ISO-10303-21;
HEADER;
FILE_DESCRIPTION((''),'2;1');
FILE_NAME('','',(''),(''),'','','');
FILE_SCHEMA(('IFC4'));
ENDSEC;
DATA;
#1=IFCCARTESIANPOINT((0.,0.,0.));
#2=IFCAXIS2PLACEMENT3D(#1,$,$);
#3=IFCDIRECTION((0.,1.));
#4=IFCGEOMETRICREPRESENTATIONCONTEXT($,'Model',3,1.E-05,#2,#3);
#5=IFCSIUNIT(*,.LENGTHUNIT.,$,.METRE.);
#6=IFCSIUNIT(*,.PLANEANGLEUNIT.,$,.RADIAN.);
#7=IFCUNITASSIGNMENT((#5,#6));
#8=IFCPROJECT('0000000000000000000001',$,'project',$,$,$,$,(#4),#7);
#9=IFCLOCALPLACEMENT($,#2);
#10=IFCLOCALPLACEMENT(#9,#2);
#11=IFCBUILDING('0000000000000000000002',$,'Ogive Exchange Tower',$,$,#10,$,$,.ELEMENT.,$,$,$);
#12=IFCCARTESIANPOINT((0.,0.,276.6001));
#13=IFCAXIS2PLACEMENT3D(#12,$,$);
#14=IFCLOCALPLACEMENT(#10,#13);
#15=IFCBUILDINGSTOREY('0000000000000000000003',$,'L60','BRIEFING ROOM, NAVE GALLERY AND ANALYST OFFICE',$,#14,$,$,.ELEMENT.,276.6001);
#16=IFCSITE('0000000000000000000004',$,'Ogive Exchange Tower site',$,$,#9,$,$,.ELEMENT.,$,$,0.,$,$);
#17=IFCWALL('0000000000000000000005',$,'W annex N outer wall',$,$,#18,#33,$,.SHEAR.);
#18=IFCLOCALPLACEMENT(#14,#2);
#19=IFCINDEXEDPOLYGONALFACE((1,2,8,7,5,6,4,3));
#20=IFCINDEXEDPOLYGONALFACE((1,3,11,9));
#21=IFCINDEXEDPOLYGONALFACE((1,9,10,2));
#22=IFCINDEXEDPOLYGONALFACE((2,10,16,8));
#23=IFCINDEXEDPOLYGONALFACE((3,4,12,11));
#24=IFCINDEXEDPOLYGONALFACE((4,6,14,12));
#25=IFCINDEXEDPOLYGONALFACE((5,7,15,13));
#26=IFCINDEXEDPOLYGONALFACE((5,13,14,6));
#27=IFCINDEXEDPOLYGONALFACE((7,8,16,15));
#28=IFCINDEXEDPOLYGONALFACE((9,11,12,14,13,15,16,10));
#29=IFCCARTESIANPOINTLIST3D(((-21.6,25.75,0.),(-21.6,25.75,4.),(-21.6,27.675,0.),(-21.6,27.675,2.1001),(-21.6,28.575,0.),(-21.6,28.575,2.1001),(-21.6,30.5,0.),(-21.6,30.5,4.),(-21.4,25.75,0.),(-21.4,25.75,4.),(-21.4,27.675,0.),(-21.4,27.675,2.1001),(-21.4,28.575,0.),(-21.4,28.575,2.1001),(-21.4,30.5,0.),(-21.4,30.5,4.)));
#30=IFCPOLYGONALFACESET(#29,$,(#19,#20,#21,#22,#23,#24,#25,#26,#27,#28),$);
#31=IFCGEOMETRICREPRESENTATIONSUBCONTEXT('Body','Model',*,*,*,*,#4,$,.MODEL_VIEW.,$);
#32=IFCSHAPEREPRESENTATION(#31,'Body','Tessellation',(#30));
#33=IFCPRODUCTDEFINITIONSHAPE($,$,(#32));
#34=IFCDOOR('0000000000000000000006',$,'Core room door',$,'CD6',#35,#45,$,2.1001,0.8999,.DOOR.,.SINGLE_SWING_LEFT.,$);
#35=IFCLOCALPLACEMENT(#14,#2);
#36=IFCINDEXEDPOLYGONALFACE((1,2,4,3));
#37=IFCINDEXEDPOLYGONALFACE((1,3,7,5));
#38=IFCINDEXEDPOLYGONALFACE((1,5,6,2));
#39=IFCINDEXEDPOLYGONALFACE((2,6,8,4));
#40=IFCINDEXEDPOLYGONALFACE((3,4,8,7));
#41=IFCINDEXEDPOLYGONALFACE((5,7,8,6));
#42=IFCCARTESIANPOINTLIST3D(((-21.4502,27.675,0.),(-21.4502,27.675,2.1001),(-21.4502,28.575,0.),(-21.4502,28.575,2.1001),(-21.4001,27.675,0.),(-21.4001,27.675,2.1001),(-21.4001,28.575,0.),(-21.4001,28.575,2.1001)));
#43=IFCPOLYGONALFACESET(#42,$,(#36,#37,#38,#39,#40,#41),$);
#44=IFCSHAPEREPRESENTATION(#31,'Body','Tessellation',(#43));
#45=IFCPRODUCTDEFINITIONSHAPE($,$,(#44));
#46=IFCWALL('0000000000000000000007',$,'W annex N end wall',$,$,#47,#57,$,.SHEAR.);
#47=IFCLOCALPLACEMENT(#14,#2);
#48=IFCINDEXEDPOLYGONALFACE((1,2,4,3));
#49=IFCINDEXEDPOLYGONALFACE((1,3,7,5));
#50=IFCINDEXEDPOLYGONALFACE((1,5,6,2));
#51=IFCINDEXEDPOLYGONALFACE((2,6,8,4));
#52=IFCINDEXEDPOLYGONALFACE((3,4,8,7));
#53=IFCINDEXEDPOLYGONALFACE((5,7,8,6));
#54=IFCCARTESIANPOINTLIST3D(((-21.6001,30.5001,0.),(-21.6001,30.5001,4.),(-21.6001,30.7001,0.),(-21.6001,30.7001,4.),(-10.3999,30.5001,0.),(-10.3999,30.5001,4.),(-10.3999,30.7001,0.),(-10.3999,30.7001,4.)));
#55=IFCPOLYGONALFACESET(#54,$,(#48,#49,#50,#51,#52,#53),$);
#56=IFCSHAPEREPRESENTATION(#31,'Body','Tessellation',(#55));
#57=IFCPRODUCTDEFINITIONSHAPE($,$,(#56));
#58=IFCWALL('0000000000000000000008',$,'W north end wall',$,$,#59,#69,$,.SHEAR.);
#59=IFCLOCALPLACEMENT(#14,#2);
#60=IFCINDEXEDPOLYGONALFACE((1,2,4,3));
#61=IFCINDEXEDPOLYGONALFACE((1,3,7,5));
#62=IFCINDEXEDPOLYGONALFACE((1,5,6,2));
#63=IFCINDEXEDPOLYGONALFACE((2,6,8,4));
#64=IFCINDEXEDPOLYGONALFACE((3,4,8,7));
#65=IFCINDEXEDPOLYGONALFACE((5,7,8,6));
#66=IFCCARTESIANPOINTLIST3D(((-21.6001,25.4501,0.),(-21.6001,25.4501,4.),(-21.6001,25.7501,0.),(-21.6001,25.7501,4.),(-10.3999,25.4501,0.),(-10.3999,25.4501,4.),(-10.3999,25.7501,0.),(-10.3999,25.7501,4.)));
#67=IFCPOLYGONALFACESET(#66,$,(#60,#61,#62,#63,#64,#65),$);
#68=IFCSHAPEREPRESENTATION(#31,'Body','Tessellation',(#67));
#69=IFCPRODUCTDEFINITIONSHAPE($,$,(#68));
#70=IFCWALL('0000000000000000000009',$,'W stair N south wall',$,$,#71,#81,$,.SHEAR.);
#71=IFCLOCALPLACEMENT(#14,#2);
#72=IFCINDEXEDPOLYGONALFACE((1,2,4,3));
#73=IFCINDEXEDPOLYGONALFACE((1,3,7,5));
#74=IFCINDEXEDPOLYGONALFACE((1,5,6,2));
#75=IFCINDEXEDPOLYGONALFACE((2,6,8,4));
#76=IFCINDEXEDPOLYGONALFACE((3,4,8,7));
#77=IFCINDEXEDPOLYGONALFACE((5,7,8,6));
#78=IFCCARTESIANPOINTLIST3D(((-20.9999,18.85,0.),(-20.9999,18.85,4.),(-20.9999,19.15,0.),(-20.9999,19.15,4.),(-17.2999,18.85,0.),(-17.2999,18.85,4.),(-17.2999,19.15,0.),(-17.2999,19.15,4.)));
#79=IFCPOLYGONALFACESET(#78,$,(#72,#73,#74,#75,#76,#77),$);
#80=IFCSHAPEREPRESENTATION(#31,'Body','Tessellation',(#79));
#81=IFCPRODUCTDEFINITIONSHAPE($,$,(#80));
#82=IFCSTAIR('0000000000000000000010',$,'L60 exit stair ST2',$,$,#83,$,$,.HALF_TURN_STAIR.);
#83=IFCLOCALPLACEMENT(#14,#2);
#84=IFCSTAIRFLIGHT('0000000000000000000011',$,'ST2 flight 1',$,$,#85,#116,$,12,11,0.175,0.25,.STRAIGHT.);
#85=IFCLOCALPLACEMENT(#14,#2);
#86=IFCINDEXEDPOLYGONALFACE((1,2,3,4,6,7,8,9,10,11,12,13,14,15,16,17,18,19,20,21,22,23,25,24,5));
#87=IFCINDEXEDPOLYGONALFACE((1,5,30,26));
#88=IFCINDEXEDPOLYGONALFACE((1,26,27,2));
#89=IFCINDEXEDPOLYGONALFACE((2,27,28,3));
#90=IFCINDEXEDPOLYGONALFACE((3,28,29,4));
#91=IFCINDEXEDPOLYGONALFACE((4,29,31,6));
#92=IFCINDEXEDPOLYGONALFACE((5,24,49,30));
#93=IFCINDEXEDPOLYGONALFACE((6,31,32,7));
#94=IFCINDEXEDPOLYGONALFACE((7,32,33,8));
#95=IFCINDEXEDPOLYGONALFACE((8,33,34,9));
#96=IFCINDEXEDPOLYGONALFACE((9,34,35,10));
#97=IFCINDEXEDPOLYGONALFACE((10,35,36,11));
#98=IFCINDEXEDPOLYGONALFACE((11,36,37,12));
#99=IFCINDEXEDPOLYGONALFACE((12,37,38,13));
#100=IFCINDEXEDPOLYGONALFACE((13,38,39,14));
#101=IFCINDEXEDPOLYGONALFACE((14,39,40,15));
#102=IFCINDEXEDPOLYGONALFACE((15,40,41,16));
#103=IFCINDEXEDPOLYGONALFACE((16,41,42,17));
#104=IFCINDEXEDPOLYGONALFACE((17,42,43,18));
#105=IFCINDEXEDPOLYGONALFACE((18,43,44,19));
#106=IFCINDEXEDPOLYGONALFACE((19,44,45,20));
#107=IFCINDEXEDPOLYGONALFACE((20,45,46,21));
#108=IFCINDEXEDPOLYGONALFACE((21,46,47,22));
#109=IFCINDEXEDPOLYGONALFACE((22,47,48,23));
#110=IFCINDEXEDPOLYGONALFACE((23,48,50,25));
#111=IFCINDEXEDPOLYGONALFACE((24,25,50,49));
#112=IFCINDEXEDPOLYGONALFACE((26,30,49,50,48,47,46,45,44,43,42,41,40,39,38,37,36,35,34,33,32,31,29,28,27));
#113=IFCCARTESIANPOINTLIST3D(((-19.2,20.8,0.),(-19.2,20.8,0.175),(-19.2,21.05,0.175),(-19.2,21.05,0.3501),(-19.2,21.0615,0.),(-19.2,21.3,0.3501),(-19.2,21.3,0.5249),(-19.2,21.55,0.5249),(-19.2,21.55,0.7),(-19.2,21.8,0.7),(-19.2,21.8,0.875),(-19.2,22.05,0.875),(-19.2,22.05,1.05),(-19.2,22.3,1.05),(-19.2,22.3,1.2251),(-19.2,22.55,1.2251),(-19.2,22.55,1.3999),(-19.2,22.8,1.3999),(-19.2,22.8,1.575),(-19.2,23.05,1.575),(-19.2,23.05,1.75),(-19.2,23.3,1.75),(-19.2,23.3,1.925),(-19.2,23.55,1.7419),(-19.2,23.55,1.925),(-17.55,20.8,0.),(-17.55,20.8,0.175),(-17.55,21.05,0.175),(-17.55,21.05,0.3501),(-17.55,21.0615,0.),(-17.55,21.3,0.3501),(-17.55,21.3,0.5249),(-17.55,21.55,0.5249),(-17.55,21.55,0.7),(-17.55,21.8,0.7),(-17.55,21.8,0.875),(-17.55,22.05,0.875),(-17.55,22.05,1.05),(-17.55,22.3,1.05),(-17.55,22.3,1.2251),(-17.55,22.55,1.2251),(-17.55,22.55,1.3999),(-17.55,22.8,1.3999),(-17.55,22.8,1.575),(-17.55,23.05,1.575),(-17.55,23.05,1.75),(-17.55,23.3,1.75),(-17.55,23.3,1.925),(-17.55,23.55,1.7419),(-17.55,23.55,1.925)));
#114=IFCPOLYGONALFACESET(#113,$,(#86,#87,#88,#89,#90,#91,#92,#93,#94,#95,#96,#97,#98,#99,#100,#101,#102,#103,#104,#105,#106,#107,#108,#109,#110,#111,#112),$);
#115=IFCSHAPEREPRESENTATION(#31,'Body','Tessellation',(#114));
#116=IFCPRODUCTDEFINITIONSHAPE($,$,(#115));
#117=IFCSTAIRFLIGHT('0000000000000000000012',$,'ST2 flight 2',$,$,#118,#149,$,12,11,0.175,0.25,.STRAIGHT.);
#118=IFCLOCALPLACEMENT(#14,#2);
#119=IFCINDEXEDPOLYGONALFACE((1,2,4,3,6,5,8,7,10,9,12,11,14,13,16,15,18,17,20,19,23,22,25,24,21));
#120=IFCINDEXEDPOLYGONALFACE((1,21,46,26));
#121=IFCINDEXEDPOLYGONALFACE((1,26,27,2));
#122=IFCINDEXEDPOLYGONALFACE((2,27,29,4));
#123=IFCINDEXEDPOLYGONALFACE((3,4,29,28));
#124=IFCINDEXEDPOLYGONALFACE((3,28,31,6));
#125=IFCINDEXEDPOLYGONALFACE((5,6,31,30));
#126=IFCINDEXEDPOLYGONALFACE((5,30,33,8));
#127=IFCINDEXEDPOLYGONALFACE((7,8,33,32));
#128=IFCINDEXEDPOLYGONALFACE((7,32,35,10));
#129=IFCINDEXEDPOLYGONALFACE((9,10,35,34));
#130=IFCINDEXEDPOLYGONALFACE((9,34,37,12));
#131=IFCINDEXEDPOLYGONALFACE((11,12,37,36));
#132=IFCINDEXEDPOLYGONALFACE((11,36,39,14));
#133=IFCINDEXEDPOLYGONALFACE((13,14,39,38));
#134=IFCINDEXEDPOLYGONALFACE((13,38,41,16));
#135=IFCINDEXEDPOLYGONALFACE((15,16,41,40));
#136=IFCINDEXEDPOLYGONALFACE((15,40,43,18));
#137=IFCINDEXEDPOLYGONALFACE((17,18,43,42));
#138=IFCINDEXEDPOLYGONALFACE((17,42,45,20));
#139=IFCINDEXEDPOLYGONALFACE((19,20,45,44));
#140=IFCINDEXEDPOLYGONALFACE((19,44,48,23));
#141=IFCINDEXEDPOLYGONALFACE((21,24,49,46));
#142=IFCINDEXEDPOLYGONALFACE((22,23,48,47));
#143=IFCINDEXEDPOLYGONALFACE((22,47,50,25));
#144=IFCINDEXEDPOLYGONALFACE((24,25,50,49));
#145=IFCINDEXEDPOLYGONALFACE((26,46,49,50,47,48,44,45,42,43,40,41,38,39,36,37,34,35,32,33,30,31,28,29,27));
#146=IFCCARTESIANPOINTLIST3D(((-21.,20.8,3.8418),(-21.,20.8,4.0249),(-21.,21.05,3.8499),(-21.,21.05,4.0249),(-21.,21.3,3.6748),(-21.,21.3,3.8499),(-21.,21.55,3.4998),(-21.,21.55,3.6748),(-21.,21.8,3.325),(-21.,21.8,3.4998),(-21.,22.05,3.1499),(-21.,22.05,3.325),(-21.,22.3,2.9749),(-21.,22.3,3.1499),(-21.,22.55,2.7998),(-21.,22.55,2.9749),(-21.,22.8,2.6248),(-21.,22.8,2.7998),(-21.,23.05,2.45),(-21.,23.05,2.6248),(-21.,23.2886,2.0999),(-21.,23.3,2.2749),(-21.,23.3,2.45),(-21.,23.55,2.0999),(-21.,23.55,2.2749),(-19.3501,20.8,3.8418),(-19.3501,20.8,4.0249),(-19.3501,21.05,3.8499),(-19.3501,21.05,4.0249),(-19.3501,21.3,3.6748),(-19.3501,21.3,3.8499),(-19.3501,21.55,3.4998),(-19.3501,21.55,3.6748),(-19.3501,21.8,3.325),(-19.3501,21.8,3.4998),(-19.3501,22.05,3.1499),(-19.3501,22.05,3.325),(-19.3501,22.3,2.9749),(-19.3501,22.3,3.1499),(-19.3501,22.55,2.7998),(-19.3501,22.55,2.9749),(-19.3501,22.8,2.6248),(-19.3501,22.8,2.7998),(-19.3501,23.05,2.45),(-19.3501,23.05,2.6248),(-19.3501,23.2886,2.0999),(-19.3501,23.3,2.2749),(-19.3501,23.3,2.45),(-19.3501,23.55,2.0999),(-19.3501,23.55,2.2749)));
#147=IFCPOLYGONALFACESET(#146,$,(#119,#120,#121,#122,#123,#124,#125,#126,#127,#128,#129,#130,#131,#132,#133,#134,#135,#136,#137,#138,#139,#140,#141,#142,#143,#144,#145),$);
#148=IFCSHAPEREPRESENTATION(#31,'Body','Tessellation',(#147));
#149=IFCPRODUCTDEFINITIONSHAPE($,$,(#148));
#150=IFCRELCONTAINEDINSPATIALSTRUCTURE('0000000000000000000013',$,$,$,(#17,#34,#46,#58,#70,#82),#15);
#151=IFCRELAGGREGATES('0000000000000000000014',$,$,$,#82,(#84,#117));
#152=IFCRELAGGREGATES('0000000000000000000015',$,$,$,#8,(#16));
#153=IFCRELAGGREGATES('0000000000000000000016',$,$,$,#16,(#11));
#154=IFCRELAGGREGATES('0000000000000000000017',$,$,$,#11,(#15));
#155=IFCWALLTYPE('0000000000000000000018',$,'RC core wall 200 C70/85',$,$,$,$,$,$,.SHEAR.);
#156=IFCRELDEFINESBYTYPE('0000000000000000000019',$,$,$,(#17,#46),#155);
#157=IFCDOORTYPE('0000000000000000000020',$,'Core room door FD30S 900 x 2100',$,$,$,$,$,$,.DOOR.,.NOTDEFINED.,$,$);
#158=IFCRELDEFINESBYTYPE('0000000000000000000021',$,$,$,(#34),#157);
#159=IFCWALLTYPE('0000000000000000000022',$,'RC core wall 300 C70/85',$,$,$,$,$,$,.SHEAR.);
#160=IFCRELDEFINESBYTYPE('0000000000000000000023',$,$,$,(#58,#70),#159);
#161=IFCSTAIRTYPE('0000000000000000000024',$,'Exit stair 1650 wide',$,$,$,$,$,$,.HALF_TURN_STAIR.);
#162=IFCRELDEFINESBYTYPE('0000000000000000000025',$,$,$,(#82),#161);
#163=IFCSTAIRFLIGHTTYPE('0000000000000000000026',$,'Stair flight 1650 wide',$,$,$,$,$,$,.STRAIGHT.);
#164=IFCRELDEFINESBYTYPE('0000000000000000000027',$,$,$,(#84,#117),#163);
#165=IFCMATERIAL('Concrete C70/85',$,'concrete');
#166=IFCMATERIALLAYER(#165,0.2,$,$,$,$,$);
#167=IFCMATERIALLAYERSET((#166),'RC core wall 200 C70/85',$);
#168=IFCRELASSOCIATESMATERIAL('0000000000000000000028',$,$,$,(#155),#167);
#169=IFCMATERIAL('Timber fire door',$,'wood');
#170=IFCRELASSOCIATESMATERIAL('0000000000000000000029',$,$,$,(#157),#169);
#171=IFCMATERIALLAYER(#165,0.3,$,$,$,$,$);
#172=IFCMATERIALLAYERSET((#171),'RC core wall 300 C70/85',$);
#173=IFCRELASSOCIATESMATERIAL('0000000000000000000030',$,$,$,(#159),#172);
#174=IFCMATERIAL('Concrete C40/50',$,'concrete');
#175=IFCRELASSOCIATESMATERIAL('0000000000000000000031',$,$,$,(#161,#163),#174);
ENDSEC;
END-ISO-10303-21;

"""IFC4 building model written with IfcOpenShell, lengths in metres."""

from ifc_helpers import new_model, si_unit, direction, frame, frame_2d, origin, place, context, subcontext, project, spatial, polyline, rectangle, outline, extrude, material, layer, layer_set, type_object, element, fill, aggregate, save


model = new_model("IFC4")

# Units and contexts
model_context = context("Model", 3, precision=1e-05, world=origin(), true_north=direction((0.0, 1.0)))
body_context = subcontext(model_context, "Body", "Model", "MODEL_VIEW")
ifc_project = project(units=[si_unit("LENGTHUNIT", "METRE"), si_unit("PLANEANGLEUNIT", "RADIAN")], contexts=[model_context])

# Site, building, storey
site_placement = place(None, origin())
site = spatial("IfcSite", under=ifc_project, at=site_placement, Name="Ogive Exchange Tower site", CompositionType="ELEMENT", RefElevation=0.0)
building_placement = place(site_placement, origin())
building = spatial("IfcBuilding", under=site, at=building_placement, Name="Ogive Exchange Tower", CompositionType="ELEMENT")
storey_placement = place(building_placement, frame((0.0, 0.0, 276.6001)))
storey = spatial("IfcBuildingStorey", under=building, at=storey_placement, Name="L60", Description="BRIEFING ROOM, NAVE GALLERY AND ANALYST OFFICE", CompositionType="ELEMENT", Elevation=276.6001)

# Wall, opening, door
ifc_material_1 = material(Name="Concrete C70/85", Category="concrete")
ifc_layer_1 = layer(ifc_material_1, 0.2)
ifc_layer_set_1 = layer_set([ifc_layer_1], Name="RC core wall 200 C70/85")
wall_type_1 = type_object("IfcWallType", Name="RC core wall 200 C70/85", PredefinedType="SHEAR", material=ifc_layer_set_1)
wall_1_placement = place(storey_placement, frame((-21.5, 25.75, 0.0), z_axis=(0.0, 0.0, 1.0), x_axis=(0.0, 1.0, 0.0)))
wall_1 = element("IfcWall", 1, at=wall_1_placement, inside=storey, type_object=wall_type_1, Name="W annex N outer wall", PredefinedType="SHEAR", context=body_context, shape_type="SweptSolid", body=[
    extrude(rectangle(XDim=4.75, YDim=0.2, at=frame_2d((2.375, 0.0))), origin(), (0.0, 0.0, 1.0), 4.0),
])
opening_placement = place(wall_1_placement, frame((1.925, 0.0, 0.0)))
opening = element("IfcOpeningElement", 2, at=opening_placement, cuts=wall_1, PredefinedType="OPENING", context=body_context, shape_type="SweptSolid", body=[
    extrude(rectangle(XDim=0.8999, YDim=2.1001, at=frame_2d((0.45, 1.05))), frame((0.0, 0.1099, 0.0), z_axis=(0.0, -1.0, 0.0), x_axis=(1.0, 0.0, 0.0)), (0.0, 0.0, 1.0), 0.22),
])
ifc_material_2 = material(Name="Timber fire door", Category="wood")
door_type = type_object("IfcDoorType", Name="Core room door FD30S 900 x 2100", OperationType="NOTDEFINED", PredefinedType="DOOR", material=ifc_material_2)
door_placement = place(opening_placement, origin())
door = element("IfcDoor", 3, at=door_placement, inside=storey, type_object=door_type, Name="Core room door", ObjectType="CD6", OperationType="SINGLE_SWING_LEFT", OverallHeight=2.1001, OverallWidth=0.8999, PredefinedType="DOOR", context=body_context, shape_type="SweptSolid", body=[
    extrude(rectangle(XDim=0.8999, YDim=2.1001, at=frame_2d((0.45, 1.05))), frame((0.0, -0.0498, 0.0), z_axis=(0.0, -1.0, 0.0), x_axis=(1.0, 0.0, 0.0)), (0.0, 0.0, 1.0), 0.05),
])
fill(opening, door)

# Walls
wall_2_placement = place(storey_placement, frame((-21.6001, 30.6001, 0.0), z_axis=(0.0, 0.0, 1.0), x_axis=(1.0, 0.0, 0.0)))
element("IfcWall", 4, at=wall_2_placement, inside=storey, type_object=wall_type_1, Name="W annex N end wall", PredefinedType="SHEAR", context=body_context, shape_type="SweptSolid", body=[
    extrude(rectangle(XDim=11.2002, YDim=0.2, at=frame_2d((5.6001, 0.0))), origin(), (0.0, 0.0, 1.0), 4.0),
])
ifc_layer_2 = layer(ifc_material_1, 0.3)
ifc_layer_set_2 = layer_set([ifc_layer_2], Name="RC core wall 300 C70/85")
wall_type_2 = type_object("IfcWallType", Name="RC core wall 300 C70/85", PredefinedType="SHEAR", material=ifc_layer_set_2)
wall_3_placement = place(storey_placement, frame((-21.6001, 25.6001, 0.0), z_axis=(0.0, 0.0, 1.0), x_axis=(1.0, 0.0, 0.0)))
element("IfcWall", 5, at=wall_3_placement, inside=storey, type_object=wall_type_2, Name="W north end wall", PredefinedType="SHEAR", context=body_context, shape_type="SweptSolid", body=[
    extrude(rectangle(XDim=11.2002, YDim=0.3, at=frame_2d((5.6001, 0.0))), origin(), (0.0, 0.0, 1.0), 4.0),
])
wall_4_placement = place(storey_placement, frame((-21.0, 19.0, 0.0), z_axis=(0.0, 0.0, 1.0), x_axis=(1.0, 0.0, 0.0)))
element("IfcWall", 6, at=wall_4_placement, inside=storey, type_object=wall_type_2, Name="W stair N south wall", PredefinedType="SHEAR", context=body_context, shape_type="SweptSolid", body=[
    extrude(rectangle(XDim=3.7, YDim=0.3, at=frame_2d((1.8501, 0.0))), origin(), (0.0, 0.0, 1.0), 4.0),
])

# Stair, stair flights
ifc_material_3 = material(Name="Concrete C40/50", Category="concrete")
stair_type = type_object("IfcStairType", Name="Exit stair 1650 wide", PredefinedType="HALF_TURN_STAIR", material=ifc_material_3)
stair_placement = place(storey_placement, origin())
stair = element("IfcStair", 7, at=stair_placement, inside=storey, type_object=stair_type, Name="L60 exit stair ST2", PredefinedType="HALF_TURN_STAIR")
stair_flight_type = type_object("IfcStairFlightType", Name="Stair flight 1650 wide", PredefinedType="STRAIGHT", material=ifc_material_3)
stair_flight_1_placement = place(storey_placement, frame((-18.375, 20.8, 0.0), z_axis=(0.0, 0.0, 1.0), x_axis=(0.0, 1.0, 0.0)))
stair_flight_1 = element("IfcStairFlight", 8, at=stair_flight_1_placement, type_object=stair_flight_type, Name="ST2 flight 1", NumberOfRisers=12, NumberOfTreads=11, PredefinedType="STRAIGHT", RiserHeight=0.175, TreadLength=0.25, context=body_context, shape_type="SweptSolid", body=[
    extrude(outline(polyline([(0.0, 0.0), (0.0, 0.175), (0.25, 0.175), (0.25, 0.3501), (0.5, 0.3501), (0.5, 0.5249), (0.75, 0.5249), (0.75, 0.7), (1.0, 0.7), (1.0, 0.875), (1.25, 0.875), (1.25, 1.05), (1.5, 1.05), (1.5, 1.2251), (1.75, 1.2251), (1.75, 1.3999), (2.0, 1.3999), (2.0, 1.575), (2.25, 1.575), (2.25, 1.75), (2.5, 1.75), (2.5, 1.925), (2.75, 1.925), (2.75, 2.1001), (2.75, 1.7419), (0.2615, 0.0), (0.0, 0.0)])), frame((0.0, 0.825, 0.0), z_axis=(0.0, -1.0, 0.0), x_axis=(1.0, 0.0, 0.0)), (0.0, 0.0, 1.0), 1.6499),
])
stair_flight_2_placement = place(storey_placement, frame((-20.175, 23.55, 2.0999), z_axis=(0.0, 0.0, 1.0), x_axis=(0.0, -1.0, 0.0)))
stair_flight_2 = element("IfcStairFlight", 9, at=stair_flight_2_placement, type_object=stair_flight_type, Name="ST2 flight 2", NumberOfRisers=12, NumberOfTreads=11, PredefinedType="STRAIGHT", RiserHeight=0.175, TreadLength=0.25, context=body_context, shape_type="SweptSolid", body=[
    extrude(outline(polyline([(0.0, 0.0), (0.0, 0.175), (0.25, 0.175), (0.25, 0.3501), (0.5, 0.3501), (0.5, 0.5249), (0.75, 0.5249), (0.75, 0.7), (1.0, 0.7), (1.0, 0.875), (1.25, 0.875), (1.25, 1.05), (1.5, 1.05), (1.5, 1.2251), (1.75, 1.2251), (1.75, 1.3999), (2.0, 1.3999), (2.0, 1.575), (2.25, 1.575), (2.25, 1.75), (2.5, 1.75), (2.5, 1.925), (2.75, 1.925), (2.75, 2.1001), (2.75, 1.7419), (0.2615, 0.0), (0.0, 0.0)])), frame((0.0, 0.825, 0.0), z_axis=(0.0, -1.0, 0.0), x_axis=(1.0, 0.0, 0.0)), (0.0, 0.0, 1.0), 1.6499),
])
aggregate(stair, [stair_flight_1, stair_flight_2])

save(model, "model.ifc")
